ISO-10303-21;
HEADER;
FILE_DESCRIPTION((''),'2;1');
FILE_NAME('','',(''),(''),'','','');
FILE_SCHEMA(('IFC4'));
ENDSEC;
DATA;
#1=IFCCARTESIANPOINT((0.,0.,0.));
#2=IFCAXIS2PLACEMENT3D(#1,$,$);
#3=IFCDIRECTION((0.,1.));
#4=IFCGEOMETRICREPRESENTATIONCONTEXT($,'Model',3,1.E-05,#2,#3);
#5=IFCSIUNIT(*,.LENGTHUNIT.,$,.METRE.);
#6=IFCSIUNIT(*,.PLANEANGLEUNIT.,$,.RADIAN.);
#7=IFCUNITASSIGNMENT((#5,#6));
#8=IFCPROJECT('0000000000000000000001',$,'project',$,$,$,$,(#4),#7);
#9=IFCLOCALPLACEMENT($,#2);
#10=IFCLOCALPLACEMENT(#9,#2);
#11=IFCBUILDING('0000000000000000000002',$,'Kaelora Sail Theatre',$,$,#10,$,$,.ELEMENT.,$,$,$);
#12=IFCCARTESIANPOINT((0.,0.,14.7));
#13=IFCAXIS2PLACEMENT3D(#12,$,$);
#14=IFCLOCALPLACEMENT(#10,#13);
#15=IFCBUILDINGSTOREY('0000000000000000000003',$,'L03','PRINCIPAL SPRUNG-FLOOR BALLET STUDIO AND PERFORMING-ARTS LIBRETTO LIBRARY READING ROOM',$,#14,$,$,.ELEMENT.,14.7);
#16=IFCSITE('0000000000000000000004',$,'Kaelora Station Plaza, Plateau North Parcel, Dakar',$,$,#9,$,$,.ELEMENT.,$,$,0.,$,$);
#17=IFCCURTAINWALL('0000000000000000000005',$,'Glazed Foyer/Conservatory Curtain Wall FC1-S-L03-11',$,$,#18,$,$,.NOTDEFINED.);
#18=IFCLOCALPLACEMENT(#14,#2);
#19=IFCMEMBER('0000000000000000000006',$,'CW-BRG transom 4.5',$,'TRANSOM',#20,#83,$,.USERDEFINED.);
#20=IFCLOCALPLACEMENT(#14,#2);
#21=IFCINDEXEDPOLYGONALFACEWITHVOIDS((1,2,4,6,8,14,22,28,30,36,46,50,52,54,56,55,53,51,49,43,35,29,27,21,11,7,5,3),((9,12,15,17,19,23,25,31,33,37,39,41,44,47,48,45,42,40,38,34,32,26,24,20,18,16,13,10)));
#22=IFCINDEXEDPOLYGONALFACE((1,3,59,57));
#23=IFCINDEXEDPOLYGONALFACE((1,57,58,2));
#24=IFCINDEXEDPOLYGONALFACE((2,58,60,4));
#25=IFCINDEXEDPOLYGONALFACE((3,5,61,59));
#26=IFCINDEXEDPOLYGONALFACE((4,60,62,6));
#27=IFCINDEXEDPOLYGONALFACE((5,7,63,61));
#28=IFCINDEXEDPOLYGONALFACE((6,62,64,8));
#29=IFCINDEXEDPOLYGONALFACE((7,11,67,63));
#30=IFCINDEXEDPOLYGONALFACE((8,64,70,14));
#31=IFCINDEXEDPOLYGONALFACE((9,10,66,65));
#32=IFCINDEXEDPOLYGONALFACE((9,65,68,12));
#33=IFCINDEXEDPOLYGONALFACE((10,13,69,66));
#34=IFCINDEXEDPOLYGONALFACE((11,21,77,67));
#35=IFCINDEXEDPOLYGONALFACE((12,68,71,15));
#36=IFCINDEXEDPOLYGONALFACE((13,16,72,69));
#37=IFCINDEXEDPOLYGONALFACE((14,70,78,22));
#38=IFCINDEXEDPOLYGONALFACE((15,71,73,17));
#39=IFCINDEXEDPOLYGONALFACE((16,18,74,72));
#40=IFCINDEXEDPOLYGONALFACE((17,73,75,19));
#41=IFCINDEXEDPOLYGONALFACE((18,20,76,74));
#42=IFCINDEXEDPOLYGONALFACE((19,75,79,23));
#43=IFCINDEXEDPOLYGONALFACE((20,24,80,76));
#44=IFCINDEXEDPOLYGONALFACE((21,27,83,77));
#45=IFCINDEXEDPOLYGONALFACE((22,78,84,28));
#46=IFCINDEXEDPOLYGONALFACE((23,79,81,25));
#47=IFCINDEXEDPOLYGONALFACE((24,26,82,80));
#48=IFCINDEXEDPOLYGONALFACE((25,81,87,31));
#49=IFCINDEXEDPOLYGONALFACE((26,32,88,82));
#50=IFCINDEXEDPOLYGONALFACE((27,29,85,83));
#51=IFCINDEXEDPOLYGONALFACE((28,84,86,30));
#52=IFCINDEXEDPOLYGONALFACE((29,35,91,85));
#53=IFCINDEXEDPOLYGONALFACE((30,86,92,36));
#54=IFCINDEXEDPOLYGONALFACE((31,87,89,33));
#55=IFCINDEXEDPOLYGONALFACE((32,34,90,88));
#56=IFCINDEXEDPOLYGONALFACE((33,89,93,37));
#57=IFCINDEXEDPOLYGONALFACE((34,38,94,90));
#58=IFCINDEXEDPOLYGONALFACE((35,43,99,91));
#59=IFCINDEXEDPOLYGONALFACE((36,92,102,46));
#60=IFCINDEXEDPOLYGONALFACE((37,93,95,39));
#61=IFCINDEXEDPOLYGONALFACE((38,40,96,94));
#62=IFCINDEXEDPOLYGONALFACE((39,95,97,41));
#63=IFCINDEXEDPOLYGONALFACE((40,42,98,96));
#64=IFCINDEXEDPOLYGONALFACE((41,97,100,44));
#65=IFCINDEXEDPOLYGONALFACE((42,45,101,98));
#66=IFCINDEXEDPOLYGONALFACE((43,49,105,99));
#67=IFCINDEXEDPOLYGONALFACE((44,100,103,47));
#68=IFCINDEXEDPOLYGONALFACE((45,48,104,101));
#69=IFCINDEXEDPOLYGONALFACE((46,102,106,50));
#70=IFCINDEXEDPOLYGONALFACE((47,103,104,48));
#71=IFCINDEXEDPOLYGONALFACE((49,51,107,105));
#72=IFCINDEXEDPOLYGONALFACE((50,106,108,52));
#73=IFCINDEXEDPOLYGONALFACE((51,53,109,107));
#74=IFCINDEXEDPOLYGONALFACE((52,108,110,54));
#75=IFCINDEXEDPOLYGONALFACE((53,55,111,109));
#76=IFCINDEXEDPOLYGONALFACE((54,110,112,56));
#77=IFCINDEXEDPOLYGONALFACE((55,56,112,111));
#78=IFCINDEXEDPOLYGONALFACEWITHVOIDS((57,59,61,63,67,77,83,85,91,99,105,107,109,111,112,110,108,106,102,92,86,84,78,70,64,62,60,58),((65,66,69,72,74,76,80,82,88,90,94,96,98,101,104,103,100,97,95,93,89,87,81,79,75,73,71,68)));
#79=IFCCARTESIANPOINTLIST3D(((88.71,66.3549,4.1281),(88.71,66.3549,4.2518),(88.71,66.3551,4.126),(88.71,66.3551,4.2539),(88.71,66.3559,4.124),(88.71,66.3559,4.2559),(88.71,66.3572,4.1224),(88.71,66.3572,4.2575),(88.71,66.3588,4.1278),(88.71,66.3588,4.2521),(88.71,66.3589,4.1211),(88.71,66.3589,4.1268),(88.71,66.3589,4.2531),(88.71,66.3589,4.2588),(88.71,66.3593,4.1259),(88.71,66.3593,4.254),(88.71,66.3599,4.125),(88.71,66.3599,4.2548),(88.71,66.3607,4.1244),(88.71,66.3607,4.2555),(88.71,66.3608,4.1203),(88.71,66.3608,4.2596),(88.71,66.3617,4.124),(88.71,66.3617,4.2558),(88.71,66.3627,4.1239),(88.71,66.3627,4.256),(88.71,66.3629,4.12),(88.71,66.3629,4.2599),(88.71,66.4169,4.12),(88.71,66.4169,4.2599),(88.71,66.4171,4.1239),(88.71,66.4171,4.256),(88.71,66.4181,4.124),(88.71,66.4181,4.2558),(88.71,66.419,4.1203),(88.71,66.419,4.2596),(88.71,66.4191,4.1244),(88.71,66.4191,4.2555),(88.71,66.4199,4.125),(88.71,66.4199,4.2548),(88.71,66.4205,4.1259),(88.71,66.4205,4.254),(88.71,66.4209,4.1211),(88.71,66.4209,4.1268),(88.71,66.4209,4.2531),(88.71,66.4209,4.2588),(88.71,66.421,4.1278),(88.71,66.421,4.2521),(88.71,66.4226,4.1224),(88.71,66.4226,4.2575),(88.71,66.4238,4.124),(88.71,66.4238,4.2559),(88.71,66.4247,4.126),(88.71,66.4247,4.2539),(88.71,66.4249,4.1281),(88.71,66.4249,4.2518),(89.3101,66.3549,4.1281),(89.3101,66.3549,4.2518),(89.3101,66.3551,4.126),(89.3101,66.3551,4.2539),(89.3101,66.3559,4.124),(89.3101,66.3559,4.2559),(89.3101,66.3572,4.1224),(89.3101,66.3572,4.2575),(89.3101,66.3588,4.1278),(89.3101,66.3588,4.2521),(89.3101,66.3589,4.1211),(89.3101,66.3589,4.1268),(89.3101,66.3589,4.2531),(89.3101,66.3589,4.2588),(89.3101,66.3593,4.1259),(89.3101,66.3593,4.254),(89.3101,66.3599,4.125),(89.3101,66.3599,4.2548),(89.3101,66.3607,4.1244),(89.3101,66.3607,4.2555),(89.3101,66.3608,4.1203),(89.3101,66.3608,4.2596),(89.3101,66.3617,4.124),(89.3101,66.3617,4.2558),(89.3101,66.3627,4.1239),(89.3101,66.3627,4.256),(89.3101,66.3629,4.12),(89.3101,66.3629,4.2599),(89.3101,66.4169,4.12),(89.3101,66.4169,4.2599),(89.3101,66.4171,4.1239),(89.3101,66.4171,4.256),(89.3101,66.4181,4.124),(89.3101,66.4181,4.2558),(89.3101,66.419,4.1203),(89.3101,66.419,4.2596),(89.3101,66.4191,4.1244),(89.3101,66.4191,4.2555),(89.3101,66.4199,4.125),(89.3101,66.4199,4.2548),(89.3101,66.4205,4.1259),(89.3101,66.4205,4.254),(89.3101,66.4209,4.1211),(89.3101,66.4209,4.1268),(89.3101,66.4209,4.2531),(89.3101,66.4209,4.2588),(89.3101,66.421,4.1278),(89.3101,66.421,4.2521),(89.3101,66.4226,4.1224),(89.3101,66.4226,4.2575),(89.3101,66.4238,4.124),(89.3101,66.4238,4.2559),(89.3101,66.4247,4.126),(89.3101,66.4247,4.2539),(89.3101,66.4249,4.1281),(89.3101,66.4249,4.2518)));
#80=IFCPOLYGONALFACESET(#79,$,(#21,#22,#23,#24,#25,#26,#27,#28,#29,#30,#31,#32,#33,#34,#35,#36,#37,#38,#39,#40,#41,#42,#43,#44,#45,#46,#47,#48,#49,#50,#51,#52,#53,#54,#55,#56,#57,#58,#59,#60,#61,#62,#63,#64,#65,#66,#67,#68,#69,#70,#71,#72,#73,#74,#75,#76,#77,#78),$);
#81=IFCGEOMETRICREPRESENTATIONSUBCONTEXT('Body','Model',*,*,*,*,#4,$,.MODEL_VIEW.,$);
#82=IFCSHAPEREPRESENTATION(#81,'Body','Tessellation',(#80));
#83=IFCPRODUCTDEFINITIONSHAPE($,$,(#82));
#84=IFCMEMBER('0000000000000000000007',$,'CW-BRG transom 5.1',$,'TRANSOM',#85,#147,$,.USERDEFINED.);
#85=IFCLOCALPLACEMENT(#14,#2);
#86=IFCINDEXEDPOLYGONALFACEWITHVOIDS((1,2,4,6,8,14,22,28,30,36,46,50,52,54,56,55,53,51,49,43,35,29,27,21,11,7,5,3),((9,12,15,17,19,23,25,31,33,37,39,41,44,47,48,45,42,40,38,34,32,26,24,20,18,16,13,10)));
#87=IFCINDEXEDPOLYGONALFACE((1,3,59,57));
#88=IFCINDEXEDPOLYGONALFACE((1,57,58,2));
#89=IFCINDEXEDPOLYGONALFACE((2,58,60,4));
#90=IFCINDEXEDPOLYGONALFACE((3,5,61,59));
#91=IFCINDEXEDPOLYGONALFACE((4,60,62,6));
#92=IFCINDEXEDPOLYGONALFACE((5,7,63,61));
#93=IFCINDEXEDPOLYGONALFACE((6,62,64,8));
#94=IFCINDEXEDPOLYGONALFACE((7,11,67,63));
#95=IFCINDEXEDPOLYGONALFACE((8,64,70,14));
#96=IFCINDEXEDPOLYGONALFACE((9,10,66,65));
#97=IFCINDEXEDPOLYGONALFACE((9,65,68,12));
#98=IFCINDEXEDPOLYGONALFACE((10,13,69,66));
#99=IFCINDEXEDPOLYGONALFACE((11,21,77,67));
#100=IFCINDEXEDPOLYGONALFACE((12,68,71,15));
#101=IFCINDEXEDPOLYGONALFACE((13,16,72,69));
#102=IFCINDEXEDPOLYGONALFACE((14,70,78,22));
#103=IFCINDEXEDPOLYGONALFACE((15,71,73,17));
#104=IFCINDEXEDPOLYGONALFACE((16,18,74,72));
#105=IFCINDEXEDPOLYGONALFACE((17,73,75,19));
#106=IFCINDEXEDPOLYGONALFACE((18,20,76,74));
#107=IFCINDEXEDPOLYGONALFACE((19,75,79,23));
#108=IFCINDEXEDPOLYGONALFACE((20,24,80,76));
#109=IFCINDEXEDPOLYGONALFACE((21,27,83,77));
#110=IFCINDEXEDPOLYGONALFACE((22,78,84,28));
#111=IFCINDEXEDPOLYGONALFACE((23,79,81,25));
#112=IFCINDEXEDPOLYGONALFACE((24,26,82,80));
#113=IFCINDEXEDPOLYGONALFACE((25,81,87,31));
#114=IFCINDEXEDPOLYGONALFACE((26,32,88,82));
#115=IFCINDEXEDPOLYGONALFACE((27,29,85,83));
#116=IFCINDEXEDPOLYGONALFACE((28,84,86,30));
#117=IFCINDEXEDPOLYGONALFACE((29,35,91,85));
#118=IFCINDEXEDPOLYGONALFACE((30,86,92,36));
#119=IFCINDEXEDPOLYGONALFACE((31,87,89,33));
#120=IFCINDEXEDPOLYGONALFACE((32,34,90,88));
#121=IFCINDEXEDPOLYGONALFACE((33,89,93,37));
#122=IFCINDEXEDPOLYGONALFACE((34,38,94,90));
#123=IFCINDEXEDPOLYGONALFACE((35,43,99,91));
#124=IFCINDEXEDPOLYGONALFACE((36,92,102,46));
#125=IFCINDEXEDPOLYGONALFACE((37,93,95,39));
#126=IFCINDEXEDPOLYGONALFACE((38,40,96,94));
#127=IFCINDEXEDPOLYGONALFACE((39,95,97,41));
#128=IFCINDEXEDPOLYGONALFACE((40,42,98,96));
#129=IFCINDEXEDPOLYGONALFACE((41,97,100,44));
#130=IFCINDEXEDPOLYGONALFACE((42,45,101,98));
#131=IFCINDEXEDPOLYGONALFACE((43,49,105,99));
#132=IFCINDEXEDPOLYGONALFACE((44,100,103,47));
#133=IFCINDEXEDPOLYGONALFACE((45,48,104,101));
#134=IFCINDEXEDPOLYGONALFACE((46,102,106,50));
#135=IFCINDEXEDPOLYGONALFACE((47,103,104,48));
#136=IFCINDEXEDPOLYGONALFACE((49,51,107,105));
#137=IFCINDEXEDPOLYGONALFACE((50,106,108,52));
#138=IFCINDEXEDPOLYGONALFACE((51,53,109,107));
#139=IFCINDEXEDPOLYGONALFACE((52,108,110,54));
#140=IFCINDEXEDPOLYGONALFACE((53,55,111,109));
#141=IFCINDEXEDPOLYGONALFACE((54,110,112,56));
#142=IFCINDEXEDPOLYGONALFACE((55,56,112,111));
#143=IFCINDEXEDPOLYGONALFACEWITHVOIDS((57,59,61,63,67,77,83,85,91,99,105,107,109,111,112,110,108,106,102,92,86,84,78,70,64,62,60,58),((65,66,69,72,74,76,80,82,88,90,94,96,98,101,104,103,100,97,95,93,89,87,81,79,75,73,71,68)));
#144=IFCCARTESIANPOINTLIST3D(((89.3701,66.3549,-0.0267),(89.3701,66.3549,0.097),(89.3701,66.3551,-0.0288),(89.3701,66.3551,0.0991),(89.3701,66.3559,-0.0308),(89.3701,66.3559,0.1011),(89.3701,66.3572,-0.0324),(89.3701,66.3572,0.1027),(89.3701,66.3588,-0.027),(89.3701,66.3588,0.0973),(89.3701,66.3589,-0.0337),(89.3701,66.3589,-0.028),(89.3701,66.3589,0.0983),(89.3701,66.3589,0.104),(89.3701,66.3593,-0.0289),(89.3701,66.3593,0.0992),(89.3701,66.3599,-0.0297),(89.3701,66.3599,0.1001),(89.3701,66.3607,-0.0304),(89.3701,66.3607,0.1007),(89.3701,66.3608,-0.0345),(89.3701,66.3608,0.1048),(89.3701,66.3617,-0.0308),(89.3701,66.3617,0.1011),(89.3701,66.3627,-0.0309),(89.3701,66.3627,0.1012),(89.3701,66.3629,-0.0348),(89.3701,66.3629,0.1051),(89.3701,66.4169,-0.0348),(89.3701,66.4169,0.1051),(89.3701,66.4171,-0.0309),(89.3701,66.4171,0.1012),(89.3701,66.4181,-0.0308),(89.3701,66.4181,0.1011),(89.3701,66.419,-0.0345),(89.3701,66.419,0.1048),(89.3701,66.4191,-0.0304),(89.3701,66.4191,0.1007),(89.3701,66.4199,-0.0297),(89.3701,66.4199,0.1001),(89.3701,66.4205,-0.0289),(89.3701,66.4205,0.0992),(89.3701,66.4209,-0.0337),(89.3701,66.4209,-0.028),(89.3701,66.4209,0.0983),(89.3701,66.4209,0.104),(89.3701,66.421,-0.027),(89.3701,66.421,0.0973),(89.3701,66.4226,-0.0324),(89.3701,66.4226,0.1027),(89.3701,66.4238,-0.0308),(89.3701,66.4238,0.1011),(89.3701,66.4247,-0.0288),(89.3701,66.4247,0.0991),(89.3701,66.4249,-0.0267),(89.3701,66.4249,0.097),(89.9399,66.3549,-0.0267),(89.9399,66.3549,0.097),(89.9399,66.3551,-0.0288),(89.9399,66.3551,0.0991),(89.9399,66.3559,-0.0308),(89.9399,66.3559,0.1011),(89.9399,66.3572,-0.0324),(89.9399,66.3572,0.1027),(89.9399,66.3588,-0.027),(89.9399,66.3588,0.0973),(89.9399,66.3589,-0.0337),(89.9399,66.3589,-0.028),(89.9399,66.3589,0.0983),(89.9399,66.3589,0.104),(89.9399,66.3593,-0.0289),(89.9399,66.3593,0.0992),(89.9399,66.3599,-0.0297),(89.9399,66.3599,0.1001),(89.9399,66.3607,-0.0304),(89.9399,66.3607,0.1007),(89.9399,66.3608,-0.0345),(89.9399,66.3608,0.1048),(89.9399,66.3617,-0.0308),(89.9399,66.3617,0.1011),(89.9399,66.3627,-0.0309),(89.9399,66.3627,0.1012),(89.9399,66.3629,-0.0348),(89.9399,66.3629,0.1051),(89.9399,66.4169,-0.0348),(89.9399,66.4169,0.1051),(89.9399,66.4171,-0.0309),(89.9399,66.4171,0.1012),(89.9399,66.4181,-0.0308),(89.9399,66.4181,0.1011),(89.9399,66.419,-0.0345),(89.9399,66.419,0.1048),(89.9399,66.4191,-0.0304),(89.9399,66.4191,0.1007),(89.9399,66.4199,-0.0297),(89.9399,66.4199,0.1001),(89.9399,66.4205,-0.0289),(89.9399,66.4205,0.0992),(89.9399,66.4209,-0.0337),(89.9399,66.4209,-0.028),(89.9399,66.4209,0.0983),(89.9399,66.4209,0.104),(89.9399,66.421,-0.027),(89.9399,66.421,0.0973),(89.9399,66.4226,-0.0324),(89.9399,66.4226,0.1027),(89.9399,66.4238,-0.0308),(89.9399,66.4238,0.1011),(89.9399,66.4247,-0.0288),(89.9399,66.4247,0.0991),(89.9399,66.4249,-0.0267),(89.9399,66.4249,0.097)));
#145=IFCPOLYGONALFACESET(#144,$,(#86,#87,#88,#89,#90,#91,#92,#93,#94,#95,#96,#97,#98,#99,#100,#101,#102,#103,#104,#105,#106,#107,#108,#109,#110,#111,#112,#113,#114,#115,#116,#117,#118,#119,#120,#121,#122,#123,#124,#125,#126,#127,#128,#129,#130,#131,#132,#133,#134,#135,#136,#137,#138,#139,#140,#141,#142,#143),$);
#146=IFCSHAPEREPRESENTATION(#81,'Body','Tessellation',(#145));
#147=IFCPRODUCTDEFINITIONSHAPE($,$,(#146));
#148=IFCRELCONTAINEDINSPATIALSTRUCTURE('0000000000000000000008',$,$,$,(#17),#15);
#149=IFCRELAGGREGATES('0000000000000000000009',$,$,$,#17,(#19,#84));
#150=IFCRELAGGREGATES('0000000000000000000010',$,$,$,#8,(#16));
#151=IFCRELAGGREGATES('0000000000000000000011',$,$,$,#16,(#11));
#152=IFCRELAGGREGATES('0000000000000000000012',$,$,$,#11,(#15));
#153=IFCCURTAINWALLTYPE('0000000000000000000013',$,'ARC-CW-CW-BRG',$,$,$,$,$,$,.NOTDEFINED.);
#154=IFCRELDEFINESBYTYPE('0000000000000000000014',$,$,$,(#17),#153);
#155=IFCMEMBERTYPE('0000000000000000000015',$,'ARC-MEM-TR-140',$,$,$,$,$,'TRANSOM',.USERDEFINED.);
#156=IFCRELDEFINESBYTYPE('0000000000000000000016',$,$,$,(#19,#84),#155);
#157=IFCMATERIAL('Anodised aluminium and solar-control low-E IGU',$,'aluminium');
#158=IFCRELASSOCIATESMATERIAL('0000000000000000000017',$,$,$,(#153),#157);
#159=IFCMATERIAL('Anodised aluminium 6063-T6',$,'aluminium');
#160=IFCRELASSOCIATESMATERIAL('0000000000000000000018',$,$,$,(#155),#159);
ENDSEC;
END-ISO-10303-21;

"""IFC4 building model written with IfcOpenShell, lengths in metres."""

from ifc_helpers import new_model, si_unit, direction, frame, origin, origin_2d, place, context, subcontext, project, spatial, hollow_rectangle, extrude, material, material_profile, profile_set, type_object, element, aggregate, save


model = new_model("IFC4")

# Units and contexts
model_context = context("Model", 3, precision=1e-05, world=origin(), true_north=direction((0.0, 1.0)))
body_context = subcontext(model_context, "Body", "Model", "MODEL_VIEW")
ifc_project = project(units=[si_unit("LENGTHUNIT", "METRE"), si_unit("PLANEANGLEUNIT", "RADIAN")], contexts=[model_context])

# Site, building, storey
site_placement = place(None, origin())
site = spatial("IfcSite", under=ifc_project, at=site_placement, Name="Kaelora Station Plaza, Plateau North Parcel, Dakar", CompositionType="ELEMENT", RefElevation=0.0)
building_placement = place(site_placement, origin())
building = spatial("IfcBuilding", under=site, at=building_placement, Name="Kaelora Sail Theatre", CompositionType="ELEMENT")
storey_placement = place(building_placement, frame((0.0, 0.0, 14.7)))
storey = spatial("IfcBuildingStorey", under=building, at=storey_placement, Name="L03", Description="PRINCIPAL SPRUNG-FLOOR BALLET STUDIO AND PERFORMING-ARTS LIBRETTO LIBRARY READING ROOM", CompositionType="ELEMENT", Elevation=14.7)

# Curtain wall, members
ifc_material_1 = material(Name="Anodised aluminium and solar-control low-E IGU", Category="aluminium")
curtain_wall_type = type_object("IfcCurtainWallType", Name="ARC-CW-CW-BRG", PredefinedType="NOTDEFINED", material=ifc_material_1)
curtain_wall_placement = place(storey_placement, origin())
curtain_wall = element("IfcCurtainWall", 1, at=curtain_wall_placement, inside=storey, type_object=curtain_wall_type, Name="Glazed Foyer/Conservatory Curtain Wall FC1-S-L03-11", PredefinedType="NOTDEFINED")
ifc_material_2 = material(Name="Anodised aluminium 6063-T6", Category="aluminium")
ifc_material_profile_1 = material_profile(ifc_material_2, hollow_rectangle(XDim=0.0701, YDim=0.1399, WallThickness=0.0039, InnerFilletRadius=0.0039, OuterFilletRadius=0.0081, at=origin_2d()), Name="ALU-TRAN 70x140x4")
ifc_profile_set_1 = profile_set([ifc_material_profile_1], Name="Anodised aluminium 6063-T6")
member_type_1 = type_object("IfcMemberType", Name="ARC-MEM-TR-140", ElementType="TRANSOM", PredefinedType="USERDEFINED", material=ifc_profile_set_1)
member_1_placement = place(storey_placement, frame((88.71, 66.3899, 4.1899), z_axis=(1.0, 0.0, 0.0), x_axis=(0.0, 1.0, 0.0)))
member_1 = element("IfcMember", 2, at=member_1_placement, type_object=member_type_1, Name="CW-BRG transom 4.5", ObjectType="TRANSOM", PredefinedType="USERDEFINED", context=body_context, shape_type="SweptSolid", body=[
    extrude(hollow_rectangle(XDim=0.0701, YDim=0.1399, WallThickness=0.0039, InnerFilletRadius=0.0039, OuterFilletRadius=0.0081, at=origin_2d()), origin(), (0.0, 0.0, 1.0), 0.6001),
])
member_2_placement = place(storey_placement, frame((89.3701, 66.3899, 0.0352), z_axis=(1.0, 0.0, 0.0), x_axis=(0.0, 1.0, 0.0)))
member_2 = element("IfcMember", 3, at=member_2_placement, type_object=member_type_1, Name="CW-BRG transom 5.1", ObjectType="TRANSOM", PredefinedType="USERDEFINED", context=body_context, shape_type="SweptSolid", body=[
    extrude(hollow_rectangle(XDim=0.0701, YDim=0.1399, WallThickness=0.0039, InnerFilletRadius=0.0039, OuterFilletRadius=0.0081, at=origin_2d()), origin(), (0.0, 0.0, 1.0), 0.5698),
])
aggregate(curtain_wall, [member_1, member_2])

save(model, "model.ifc")
